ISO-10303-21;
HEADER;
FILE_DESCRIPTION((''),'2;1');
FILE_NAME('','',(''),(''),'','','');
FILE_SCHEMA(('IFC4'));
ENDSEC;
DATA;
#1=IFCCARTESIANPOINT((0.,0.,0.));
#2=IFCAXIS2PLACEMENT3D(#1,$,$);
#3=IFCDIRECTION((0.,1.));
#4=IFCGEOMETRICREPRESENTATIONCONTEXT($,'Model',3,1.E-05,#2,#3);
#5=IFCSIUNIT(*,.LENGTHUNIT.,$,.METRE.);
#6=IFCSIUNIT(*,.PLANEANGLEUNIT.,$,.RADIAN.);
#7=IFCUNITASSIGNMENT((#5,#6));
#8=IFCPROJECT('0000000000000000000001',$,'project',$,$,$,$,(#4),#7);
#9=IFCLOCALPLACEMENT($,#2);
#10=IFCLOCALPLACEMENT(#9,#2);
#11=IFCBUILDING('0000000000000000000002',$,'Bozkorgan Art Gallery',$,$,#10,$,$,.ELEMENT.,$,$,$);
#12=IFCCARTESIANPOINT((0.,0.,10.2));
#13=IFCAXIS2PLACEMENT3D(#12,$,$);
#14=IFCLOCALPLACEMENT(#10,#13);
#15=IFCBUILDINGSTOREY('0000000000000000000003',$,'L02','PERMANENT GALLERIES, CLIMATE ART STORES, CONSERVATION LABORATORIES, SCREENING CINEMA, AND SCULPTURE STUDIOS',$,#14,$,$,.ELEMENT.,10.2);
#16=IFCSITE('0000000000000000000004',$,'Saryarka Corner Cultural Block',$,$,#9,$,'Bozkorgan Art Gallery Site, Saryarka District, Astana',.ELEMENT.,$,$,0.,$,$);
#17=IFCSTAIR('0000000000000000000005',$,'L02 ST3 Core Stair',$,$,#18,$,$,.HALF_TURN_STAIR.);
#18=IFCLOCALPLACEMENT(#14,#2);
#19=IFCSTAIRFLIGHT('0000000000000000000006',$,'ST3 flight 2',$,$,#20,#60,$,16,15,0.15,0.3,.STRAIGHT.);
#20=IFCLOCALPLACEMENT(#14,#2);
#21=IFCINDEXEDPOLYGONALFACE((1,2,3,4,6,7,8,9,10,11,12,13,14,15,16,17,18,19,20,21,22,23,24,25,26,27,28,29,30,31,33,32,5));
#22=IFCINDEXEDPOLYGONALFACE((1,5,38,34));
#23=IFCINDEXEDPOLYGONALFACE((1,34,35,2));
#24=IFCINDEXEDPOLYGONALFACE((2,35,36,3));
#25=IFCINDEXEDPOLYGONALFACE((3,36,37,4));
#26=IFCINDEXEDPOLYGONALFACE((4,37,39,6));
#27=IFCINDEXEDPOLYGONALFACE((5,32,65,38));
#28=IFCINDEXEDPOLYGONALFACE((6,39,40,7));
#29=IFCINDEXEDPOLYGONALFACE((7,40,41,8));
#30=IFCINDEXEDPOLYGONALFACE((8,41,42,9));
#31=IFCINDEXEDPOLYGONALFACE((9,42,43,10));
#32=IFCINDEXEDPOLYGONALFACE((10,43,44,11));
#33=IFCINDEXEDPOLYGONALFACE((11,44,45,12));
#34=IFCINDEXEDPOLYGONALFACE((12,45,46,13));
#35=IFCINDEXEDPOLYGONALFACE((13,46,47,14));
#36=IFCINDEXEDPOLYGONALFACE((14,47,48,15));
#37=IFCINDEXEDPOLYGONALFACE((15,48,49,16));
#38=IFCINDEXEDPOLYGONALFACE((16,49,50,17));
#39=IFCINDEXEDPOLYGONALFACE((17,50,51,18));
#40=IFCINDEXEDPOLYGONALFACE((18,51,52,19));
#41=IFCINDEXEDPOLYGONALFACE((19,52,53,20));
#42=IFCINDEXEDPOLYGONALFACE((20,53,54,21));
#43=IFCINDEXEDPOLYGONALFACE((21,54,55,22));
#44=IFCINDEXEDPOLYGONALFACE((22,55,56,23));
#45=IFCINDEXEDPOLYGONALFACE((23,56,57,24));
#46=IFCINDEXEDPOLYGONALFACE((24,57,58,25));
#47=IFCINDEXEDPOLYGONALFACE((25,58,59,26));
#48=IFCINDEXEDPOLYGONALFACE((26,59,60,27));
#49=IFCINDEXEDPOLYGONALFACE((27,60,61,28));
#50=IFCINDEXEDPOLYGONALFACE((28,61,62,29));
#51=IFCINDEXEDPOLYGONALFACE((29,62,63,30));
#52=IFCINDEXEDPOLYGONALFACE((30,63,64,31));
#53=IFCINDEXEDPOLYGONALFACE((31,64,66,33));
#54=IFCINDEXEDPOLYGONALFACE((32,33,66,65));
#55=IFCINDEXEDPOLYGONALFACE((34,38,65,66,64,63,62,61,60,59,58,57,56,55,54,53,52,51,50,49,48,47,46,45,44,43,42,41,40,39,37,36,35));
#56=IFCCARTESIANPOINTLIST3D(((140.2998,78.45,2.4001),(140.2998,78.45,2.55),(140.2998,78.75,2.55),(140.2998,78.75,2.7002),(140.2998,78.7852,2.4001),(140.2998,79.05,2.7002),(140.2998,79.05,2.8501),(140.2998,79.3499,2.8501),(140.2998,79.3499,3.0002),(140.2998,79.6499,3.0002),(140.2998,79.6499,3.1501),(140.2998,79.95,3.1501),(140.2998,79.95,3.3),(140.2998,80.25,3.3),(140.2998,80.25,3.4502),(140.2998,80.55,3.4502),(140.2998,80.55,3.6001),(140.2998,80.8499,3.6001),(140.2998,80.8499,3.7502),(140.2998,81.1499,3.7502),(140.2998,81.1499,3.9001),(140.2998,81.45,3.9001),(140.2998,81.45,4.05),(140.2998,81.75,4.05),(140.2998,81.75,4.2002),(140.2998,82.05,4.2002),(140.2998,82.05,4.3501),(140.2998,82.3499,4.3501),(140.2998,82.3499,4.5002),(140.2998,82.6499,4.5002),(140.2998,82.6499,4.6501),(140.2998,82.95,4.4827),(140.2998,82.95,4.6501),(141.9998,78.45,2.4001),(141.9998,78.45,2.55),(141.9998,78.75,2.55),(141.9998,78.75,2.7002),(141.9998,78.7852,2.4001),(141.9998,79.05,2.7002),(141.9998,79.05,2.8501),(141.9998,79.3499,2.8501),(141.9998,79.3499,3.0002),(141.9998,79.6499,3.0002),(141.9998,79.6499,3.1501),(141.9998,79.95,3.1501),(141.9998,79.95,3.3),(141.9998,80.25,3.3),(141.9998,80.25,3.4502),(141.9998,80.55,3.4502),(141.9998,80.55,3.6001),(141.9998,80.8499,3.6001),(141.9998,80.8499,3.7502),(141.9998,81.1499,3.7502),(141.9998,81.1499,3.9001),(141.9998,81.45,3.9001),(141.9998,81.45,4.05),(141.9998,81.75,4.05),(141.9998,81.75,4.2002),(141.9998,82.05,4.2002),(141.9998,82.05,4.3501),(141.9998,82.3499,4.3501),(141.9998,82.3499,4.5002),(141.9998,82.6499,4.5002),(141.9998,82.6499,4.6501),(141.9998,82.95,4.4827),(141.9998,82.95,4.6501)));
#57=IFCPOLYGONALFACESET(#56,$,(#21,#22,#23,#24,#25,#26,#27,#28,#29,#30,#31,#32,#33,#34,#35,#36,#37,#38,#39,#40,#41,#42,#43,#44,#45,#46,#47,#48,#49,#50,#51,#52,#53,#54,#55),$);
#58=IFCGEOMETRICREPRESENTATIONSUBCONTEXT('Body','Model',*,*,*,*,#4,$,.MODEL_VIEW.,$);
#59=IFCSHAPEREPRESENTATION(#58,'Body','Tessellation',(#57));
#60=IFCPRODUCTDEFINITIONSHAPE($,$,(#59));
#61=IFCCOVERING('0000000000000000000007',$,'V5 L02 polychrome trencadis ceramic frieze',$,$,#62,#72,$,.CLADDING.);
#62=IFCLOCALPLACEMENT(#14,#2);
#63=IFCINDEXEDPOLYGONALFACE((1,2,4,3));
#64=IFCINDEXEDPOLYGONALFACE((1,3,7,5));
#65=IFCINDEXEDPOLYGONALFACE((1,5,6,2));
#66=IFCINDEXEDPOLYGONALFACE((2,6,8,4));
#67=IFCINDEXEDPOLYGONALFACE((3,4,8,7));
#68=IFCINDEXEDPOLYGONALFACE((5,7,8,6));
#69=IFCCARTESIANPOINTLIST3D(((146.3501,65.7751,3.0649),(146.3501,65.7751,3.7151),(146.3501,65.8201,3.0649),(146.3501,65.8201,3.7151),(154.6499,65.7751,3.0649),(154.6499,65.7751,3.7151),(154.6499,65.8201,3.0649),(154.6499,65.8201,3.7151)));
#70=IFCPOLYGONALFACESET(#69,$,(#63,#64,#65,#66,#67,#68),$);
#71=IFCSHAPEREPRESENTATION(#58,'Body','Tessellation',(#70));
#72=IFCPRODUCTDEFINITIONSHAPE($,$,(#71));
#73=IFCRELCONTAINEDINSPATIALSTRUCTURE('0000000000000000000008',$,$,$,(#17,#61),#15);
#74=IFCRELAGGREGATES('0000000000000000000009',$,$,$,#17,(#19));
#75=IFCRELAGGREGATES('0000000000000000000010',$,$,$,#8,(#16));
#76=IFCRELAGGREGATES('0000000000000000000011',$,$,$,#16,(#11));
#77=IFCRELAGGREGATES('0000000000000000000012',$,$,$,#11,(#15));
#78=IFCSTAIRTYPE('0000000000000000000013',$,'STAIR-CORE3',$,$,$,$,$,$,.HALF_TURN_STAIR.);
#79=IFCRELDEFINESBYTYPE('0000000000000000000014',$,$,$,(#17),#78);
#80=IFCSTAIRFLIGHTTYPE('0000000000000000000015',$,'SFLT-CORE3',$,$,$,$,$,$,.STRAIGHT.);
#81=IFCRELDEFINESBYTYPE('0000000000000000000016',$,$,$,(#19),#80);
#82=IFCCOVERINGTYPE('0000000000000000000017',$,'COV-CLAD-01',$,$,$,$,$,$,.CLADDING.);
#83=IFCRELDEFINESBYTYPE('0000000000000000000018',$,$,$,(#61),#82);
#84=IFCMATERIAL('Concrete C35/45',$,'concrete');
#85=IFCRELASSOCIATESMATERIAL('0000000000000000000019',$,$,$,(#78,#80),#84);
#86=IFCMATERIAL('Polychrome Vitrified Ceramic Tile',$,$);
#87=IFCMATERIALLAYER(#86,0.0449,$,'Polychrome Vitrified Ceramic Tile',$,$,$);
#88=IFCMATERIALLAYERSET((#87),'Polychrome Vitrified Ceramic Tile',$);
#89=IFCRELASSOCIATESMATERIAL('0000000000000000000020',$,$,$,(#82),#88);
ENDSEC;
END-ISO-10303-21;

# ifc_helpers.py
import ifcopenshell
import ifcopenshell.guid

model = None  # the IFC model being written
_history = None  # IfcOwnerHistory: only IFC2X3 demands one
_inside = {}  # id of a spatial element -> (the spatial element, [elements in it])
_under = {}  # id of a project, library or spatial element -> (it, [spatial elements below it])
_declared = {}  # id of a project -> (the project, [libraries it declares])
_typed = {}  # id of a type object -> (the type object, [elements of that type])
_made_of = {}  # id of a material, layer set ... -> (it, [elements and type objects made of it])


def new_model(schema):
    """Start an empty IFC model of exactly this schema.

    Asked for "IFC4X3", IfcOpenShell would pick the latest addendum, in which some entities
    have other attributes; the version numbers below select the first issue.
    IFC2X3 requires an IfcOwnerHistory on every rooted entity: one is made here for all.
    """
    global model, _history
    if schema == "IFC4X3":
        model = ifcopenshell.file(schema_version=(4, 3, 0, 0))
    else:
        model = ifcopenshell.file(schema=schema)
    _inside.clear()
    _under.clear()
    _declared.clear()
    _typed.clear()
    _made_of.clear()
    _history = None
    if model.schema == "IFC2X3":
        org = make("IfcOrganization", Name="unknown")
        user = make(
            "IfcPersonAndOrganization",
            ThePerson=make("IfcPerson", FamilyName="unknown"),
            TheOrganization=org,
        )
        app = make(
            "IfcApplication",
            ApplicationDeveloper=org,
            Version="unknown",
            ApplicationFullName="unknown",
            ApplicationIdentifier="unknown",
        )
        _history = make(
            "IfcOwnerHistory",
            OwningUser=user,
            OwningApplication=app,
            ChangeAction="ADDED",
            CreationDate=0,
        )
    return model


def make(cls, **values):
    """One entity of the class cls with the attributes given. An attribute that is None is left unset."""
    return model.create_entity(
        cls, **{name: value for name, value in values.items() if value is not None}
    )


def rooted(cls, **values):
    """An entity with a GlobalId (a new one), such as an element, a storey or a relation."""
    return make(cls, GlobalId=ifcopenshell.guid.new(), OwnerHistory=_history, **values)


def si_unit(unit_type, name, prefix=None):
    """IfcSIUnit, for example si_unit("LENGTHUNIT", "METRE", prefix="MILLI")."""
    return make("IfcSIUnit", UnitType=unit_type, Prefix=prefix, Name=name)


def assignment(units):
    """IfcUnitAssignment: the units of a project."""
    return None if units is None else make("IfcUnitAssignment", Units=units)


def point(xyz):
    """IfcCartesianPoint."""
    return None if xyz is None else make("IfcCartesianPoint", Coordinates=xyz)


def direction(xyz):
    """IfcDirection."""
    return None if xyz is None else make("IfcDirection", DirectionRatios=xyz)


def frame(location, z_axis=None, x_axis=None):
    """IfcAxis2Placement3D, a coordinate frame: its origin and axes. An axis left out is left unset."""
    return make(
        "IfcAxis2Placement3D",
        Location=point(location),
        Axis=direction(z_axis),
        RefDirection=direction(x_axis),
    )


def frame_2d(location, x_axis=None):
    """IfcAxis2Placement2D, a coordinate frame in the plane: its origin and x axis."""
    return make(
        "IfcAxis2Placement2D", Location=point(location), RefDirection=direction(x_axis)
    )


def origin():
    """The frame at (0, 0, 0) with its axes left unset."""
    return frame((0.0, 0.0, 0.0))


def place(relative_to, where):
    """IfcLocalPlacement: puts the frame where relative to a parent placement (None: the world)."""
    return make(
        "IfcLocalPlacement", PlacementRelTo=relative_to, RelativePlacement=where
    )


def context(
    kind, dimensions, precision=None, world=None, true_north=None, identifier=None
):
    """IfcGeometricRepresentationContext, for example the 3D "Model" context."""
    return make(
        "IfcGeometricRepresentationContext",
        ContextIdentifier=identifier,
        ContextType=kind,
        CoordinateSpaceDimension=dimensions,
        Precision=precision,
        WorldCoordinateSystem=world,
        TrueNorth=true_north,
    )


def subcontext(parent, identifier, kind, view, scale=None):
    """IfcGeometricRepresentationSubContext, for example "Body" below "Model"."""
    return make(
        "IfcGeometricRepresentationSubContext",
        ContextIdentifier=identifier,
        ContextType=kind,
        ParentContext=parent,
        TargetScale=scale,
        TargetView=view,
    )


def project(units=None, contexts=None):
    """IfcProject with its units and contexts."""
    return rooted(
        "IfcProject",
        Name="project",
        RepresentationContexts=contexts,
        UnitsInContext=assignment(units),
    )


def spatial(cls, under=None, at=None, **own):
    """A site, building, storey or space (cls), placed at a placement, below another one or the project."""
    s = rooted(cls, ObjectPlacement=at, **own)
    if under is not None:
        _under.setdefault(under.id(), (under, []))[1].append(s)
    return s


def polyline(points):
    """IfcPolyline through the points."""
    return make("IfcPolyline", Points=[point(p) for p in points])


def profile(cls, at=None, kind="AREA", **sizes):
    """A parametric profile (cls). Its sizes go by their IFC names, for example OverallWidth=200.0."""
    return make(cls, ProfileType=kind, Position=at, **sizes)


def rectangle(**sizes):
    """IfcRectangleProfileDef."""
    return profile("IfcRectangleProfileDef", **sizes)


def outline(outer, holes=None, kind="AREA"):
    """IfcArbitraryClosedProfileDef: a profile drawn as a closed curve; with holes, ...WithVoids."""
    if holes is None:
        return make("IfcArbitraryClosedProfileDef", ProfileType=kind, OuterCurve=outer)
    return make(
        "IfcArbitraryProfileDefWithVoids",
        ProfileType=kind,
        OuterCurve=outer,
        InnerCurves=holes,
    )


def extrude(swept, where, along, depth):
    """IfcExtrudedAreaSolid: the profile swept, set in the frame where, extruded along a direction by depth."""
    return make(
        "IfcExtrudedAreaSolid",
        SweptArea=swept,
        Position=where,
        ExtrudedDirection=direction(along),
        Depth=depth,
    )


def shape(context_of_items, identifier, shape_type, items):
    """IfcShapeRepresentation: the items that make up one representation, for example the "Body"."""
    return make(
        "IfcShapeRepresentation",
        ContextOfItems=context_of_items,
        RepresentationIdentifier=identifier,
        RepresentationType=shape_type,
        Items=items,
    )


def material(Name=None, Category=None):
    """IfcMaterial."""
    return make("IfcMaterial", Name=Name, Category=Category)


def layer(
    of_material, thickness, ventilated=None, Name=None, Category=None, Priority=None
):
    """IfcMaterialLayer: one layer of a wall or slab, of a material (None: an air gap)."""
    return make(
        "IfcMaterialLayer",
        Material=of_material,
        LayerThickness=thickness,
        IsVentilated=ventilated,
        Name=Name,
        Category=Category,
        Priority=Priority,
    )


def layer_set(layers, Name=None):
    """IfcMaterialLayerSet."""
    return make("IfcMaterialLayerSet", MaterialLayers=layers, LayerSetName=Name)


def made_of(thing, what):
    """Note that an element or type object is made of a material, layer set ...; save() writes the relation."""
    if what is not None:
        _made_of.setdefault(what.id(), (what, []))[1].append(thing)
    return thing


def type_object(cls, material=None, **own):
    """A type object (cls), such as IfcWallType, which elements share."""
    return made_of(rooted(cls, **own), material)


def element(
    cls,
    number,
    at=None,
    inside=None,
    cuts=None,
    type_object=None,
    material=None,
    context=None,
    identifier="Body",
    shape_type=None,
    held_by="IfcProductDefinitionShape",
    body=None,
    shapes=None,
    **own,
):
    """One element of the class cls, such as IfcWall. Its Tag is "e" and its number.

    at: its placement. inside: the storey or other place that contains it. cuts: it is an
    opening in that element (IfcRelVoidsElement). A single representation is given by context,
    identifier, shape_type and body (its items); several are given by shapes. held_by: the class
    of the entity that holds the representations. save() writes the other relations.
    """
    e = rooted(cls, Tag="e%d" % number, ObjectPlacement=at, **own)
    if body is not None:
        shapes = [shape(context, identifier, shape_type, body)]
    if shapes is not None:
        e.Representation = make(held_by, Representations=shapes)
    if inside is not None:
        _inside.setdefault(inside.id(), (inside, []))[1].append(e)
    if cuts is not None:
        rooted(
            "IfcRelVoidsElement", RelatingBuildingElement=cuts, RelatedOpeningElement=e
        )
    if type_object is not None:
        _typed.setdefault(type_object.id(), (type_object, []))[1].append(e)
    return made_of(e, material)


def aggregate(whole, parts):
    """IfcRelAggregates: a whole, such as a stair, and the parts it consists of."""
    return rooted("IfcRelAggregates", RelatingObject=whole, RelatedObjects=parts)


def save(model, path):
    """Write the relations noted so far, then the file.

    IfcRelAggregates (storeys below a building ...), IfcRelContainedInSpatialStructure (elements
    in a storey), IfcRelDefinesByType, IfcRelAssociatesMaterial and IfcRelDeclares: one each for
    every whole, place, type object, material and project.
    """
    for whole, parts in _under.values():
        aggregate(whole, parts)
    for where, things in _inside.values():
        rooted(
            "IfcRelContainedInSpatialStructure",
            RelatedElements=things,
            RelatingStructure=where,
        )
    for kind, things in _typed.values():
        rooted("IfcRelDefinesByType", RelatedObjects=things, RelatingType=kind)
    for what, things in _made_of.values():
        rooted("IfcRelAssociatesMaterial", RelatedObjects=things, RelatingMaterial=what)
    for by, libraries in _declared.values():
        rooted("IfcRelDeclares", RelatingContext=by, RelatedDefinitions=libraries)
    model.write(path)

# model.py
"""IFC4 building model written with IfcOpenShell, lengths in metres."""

from ifc_helpers import new_model, si_unit, direction, frame, frame_2d, origin, place, context, subcontext, project, spatial, polyline, rectangle, outline, extrude, material, layer, layer_set, type_object, element, aggregate, save


model = new_model("IFC4")

# Units and contexts
model_context = context("Model", 3, precision=1e-05, world=origin(), true_north=direction((0.0, 1.0)))
body_context = subcontext(model_context, "Body", "Model", "MODEL_VIEW")
ifc_project = project(units=[si_unit("LENGTHUNIT", "METRE"), si_unit("PLANEANGLEUNIT", "RADIAN")], contexts=[model_context])

# Site, building, storey
site_placement = place(None, origin())
site = spatial("IfcSite", under=ifc_project, at=site_placement, Name="Saryarka Corner Cultural Block", LongName="Bozkorgan Art Gallery Site, Saryarka District, Astana", CompositionType="ELEMENT", RefElevation=0.0)
building_placement = place(site_placement, origin())
building = spatial("IfcBuilding", under=site, at=building_placement, Name="Bozkorgan Art Gallery", CompositionType="ELEMENT")
storey_placement = place(building_placement, frame((0.0, 0.0, 10.2)))
storey = spatial("IfcBuildingStorey", under=building, at=storey_placement, Name="L02", Description="PERMANENT GALLERIES, CLIMATE ART STORES, CONSERVATION LABORATORIES, SCREENING CINEMA, AND SCULPTURE STUDIOS", CompositionType="ELEMENT", Elevation=10.2)

# Shared definitions
ifc_material_1 = material(Name="Concrete C35/45", Category="concrete")

# Stair, stair flight
stair_type = type_object("IfcStairType", Name="STAIR-CORE3", PredefinedType="HALF_TURN_STAIR", material=ifc_material_1)
stair_placement = place(storey_placement, origin())
stair = element("IfcStair", 1, at=stair_placement, inside=storey, type_object=stair_type, Name="L02 ST3 Core Stair", PredefinedType="HALF_TURN_STAIR")
stair_flight_type = type_object("IfcStairFlightType", Name="SFLT-CORE3", PredefinedType="STRAIGHT", material=ifc_material_1)
stair_flight_1_placement = place(storey_placement, frame((141.1499, 78.45, 2.4001), z_axis=(0.0, 0.0, 1.0), x_axis=(0.0, 1.0, 0.0)))
stair_flight_1 = element("IfcStairFlight", 2, at=stair_flight_1_placement, type_object=stair_flight_type, Name="ST3 flight 2", NumberOfRisers=16, NumberOfTreads=15, PredefinedType="STRAIGHT", RiserHeight=0.15, TreadLength=0.3, context=body_context, shape_type="SweptSolid", body=[
    extrude(outline(polyline([(0.0, 0.0), (0.0, 0.1499), (0.3, 0.1499), (0.3, 0.3), (0.6001, 0.3), (0.6001, 0.45), (0.8999, 0.45), (0.8999, 0.6001), (1.2, 0.6001), (1.2, 0.75), (1.5, 0.75), (1.5, 0.8999), (1.8, 0.8999), (1.8, 1.05), (2.1001, 1.05), (2.1001, 1.2), (2.3999, 1.2), (2.3999, 1.3501), (2.7, 1.3501), (2.7, 1.5), (3.0, 1.5), (3.0, 1.6499), (3.3, 1.6499), (3.3, 1.8), (3.6001, 1.8), (3.6001, 1.95), (3.8999, 1.95), (3.8999, 2.1001), (4.2, 2.1001), (4.2, 2.25), (4.5, 2.25), (4.5, 2.3999), (4.5, 2.0825), (0.3352, 0.0), (0.0, 0.0)])), frame((0.0, 0.8501, 0.0), z_axis=(0.0, -1.0, 0.0), x_axis=(1.0, 0.0, 0.0)), (0.0, 0.0, 1.0), 1.7),
])
aggregate(stair, [stair_flight_1])

# Covering
ifc_material_2 = material(Name="Polychrome Vitrified Ceramic Tile")
ifc_layer_1 = layer(ifc_material_2, 0.0449, Name="Polychrome Vitrified Ceramic Tile")
ifc_layer_set_1 = layer_set([ifc_layer_1], Name="Polychrome Vitrified Ceramic Tile")
covering_type = type_object("IfcCoveringType", Name="COV-CLAD-01", PredefinedType="CLADDING", material=ifc_layer_set_1)
covering_placement = place(storey_placement, frame((146.3501, 65.7976, 3.0649), z_axis=(0.0, 0.0, 1.0), x_axis=(1.0, 0.0, 0.0)))
element("IfcCovering", 3, at=covering_placement, inside=storey, type_object=covering_type, Name="V5 L02 polychrome trencadis ceramic frieze", PredefinedType="CLADDING", context=body_context, shape_type="SweptSolid", body=[
    extrude(rectangle(XDim=8.2998, YDim=0.0449, at=frame_2d((4.1499, 0.0))), origin(), (0.0, 0.0, 1.0), 0.6501),
])

save(model, "model.ifc")
